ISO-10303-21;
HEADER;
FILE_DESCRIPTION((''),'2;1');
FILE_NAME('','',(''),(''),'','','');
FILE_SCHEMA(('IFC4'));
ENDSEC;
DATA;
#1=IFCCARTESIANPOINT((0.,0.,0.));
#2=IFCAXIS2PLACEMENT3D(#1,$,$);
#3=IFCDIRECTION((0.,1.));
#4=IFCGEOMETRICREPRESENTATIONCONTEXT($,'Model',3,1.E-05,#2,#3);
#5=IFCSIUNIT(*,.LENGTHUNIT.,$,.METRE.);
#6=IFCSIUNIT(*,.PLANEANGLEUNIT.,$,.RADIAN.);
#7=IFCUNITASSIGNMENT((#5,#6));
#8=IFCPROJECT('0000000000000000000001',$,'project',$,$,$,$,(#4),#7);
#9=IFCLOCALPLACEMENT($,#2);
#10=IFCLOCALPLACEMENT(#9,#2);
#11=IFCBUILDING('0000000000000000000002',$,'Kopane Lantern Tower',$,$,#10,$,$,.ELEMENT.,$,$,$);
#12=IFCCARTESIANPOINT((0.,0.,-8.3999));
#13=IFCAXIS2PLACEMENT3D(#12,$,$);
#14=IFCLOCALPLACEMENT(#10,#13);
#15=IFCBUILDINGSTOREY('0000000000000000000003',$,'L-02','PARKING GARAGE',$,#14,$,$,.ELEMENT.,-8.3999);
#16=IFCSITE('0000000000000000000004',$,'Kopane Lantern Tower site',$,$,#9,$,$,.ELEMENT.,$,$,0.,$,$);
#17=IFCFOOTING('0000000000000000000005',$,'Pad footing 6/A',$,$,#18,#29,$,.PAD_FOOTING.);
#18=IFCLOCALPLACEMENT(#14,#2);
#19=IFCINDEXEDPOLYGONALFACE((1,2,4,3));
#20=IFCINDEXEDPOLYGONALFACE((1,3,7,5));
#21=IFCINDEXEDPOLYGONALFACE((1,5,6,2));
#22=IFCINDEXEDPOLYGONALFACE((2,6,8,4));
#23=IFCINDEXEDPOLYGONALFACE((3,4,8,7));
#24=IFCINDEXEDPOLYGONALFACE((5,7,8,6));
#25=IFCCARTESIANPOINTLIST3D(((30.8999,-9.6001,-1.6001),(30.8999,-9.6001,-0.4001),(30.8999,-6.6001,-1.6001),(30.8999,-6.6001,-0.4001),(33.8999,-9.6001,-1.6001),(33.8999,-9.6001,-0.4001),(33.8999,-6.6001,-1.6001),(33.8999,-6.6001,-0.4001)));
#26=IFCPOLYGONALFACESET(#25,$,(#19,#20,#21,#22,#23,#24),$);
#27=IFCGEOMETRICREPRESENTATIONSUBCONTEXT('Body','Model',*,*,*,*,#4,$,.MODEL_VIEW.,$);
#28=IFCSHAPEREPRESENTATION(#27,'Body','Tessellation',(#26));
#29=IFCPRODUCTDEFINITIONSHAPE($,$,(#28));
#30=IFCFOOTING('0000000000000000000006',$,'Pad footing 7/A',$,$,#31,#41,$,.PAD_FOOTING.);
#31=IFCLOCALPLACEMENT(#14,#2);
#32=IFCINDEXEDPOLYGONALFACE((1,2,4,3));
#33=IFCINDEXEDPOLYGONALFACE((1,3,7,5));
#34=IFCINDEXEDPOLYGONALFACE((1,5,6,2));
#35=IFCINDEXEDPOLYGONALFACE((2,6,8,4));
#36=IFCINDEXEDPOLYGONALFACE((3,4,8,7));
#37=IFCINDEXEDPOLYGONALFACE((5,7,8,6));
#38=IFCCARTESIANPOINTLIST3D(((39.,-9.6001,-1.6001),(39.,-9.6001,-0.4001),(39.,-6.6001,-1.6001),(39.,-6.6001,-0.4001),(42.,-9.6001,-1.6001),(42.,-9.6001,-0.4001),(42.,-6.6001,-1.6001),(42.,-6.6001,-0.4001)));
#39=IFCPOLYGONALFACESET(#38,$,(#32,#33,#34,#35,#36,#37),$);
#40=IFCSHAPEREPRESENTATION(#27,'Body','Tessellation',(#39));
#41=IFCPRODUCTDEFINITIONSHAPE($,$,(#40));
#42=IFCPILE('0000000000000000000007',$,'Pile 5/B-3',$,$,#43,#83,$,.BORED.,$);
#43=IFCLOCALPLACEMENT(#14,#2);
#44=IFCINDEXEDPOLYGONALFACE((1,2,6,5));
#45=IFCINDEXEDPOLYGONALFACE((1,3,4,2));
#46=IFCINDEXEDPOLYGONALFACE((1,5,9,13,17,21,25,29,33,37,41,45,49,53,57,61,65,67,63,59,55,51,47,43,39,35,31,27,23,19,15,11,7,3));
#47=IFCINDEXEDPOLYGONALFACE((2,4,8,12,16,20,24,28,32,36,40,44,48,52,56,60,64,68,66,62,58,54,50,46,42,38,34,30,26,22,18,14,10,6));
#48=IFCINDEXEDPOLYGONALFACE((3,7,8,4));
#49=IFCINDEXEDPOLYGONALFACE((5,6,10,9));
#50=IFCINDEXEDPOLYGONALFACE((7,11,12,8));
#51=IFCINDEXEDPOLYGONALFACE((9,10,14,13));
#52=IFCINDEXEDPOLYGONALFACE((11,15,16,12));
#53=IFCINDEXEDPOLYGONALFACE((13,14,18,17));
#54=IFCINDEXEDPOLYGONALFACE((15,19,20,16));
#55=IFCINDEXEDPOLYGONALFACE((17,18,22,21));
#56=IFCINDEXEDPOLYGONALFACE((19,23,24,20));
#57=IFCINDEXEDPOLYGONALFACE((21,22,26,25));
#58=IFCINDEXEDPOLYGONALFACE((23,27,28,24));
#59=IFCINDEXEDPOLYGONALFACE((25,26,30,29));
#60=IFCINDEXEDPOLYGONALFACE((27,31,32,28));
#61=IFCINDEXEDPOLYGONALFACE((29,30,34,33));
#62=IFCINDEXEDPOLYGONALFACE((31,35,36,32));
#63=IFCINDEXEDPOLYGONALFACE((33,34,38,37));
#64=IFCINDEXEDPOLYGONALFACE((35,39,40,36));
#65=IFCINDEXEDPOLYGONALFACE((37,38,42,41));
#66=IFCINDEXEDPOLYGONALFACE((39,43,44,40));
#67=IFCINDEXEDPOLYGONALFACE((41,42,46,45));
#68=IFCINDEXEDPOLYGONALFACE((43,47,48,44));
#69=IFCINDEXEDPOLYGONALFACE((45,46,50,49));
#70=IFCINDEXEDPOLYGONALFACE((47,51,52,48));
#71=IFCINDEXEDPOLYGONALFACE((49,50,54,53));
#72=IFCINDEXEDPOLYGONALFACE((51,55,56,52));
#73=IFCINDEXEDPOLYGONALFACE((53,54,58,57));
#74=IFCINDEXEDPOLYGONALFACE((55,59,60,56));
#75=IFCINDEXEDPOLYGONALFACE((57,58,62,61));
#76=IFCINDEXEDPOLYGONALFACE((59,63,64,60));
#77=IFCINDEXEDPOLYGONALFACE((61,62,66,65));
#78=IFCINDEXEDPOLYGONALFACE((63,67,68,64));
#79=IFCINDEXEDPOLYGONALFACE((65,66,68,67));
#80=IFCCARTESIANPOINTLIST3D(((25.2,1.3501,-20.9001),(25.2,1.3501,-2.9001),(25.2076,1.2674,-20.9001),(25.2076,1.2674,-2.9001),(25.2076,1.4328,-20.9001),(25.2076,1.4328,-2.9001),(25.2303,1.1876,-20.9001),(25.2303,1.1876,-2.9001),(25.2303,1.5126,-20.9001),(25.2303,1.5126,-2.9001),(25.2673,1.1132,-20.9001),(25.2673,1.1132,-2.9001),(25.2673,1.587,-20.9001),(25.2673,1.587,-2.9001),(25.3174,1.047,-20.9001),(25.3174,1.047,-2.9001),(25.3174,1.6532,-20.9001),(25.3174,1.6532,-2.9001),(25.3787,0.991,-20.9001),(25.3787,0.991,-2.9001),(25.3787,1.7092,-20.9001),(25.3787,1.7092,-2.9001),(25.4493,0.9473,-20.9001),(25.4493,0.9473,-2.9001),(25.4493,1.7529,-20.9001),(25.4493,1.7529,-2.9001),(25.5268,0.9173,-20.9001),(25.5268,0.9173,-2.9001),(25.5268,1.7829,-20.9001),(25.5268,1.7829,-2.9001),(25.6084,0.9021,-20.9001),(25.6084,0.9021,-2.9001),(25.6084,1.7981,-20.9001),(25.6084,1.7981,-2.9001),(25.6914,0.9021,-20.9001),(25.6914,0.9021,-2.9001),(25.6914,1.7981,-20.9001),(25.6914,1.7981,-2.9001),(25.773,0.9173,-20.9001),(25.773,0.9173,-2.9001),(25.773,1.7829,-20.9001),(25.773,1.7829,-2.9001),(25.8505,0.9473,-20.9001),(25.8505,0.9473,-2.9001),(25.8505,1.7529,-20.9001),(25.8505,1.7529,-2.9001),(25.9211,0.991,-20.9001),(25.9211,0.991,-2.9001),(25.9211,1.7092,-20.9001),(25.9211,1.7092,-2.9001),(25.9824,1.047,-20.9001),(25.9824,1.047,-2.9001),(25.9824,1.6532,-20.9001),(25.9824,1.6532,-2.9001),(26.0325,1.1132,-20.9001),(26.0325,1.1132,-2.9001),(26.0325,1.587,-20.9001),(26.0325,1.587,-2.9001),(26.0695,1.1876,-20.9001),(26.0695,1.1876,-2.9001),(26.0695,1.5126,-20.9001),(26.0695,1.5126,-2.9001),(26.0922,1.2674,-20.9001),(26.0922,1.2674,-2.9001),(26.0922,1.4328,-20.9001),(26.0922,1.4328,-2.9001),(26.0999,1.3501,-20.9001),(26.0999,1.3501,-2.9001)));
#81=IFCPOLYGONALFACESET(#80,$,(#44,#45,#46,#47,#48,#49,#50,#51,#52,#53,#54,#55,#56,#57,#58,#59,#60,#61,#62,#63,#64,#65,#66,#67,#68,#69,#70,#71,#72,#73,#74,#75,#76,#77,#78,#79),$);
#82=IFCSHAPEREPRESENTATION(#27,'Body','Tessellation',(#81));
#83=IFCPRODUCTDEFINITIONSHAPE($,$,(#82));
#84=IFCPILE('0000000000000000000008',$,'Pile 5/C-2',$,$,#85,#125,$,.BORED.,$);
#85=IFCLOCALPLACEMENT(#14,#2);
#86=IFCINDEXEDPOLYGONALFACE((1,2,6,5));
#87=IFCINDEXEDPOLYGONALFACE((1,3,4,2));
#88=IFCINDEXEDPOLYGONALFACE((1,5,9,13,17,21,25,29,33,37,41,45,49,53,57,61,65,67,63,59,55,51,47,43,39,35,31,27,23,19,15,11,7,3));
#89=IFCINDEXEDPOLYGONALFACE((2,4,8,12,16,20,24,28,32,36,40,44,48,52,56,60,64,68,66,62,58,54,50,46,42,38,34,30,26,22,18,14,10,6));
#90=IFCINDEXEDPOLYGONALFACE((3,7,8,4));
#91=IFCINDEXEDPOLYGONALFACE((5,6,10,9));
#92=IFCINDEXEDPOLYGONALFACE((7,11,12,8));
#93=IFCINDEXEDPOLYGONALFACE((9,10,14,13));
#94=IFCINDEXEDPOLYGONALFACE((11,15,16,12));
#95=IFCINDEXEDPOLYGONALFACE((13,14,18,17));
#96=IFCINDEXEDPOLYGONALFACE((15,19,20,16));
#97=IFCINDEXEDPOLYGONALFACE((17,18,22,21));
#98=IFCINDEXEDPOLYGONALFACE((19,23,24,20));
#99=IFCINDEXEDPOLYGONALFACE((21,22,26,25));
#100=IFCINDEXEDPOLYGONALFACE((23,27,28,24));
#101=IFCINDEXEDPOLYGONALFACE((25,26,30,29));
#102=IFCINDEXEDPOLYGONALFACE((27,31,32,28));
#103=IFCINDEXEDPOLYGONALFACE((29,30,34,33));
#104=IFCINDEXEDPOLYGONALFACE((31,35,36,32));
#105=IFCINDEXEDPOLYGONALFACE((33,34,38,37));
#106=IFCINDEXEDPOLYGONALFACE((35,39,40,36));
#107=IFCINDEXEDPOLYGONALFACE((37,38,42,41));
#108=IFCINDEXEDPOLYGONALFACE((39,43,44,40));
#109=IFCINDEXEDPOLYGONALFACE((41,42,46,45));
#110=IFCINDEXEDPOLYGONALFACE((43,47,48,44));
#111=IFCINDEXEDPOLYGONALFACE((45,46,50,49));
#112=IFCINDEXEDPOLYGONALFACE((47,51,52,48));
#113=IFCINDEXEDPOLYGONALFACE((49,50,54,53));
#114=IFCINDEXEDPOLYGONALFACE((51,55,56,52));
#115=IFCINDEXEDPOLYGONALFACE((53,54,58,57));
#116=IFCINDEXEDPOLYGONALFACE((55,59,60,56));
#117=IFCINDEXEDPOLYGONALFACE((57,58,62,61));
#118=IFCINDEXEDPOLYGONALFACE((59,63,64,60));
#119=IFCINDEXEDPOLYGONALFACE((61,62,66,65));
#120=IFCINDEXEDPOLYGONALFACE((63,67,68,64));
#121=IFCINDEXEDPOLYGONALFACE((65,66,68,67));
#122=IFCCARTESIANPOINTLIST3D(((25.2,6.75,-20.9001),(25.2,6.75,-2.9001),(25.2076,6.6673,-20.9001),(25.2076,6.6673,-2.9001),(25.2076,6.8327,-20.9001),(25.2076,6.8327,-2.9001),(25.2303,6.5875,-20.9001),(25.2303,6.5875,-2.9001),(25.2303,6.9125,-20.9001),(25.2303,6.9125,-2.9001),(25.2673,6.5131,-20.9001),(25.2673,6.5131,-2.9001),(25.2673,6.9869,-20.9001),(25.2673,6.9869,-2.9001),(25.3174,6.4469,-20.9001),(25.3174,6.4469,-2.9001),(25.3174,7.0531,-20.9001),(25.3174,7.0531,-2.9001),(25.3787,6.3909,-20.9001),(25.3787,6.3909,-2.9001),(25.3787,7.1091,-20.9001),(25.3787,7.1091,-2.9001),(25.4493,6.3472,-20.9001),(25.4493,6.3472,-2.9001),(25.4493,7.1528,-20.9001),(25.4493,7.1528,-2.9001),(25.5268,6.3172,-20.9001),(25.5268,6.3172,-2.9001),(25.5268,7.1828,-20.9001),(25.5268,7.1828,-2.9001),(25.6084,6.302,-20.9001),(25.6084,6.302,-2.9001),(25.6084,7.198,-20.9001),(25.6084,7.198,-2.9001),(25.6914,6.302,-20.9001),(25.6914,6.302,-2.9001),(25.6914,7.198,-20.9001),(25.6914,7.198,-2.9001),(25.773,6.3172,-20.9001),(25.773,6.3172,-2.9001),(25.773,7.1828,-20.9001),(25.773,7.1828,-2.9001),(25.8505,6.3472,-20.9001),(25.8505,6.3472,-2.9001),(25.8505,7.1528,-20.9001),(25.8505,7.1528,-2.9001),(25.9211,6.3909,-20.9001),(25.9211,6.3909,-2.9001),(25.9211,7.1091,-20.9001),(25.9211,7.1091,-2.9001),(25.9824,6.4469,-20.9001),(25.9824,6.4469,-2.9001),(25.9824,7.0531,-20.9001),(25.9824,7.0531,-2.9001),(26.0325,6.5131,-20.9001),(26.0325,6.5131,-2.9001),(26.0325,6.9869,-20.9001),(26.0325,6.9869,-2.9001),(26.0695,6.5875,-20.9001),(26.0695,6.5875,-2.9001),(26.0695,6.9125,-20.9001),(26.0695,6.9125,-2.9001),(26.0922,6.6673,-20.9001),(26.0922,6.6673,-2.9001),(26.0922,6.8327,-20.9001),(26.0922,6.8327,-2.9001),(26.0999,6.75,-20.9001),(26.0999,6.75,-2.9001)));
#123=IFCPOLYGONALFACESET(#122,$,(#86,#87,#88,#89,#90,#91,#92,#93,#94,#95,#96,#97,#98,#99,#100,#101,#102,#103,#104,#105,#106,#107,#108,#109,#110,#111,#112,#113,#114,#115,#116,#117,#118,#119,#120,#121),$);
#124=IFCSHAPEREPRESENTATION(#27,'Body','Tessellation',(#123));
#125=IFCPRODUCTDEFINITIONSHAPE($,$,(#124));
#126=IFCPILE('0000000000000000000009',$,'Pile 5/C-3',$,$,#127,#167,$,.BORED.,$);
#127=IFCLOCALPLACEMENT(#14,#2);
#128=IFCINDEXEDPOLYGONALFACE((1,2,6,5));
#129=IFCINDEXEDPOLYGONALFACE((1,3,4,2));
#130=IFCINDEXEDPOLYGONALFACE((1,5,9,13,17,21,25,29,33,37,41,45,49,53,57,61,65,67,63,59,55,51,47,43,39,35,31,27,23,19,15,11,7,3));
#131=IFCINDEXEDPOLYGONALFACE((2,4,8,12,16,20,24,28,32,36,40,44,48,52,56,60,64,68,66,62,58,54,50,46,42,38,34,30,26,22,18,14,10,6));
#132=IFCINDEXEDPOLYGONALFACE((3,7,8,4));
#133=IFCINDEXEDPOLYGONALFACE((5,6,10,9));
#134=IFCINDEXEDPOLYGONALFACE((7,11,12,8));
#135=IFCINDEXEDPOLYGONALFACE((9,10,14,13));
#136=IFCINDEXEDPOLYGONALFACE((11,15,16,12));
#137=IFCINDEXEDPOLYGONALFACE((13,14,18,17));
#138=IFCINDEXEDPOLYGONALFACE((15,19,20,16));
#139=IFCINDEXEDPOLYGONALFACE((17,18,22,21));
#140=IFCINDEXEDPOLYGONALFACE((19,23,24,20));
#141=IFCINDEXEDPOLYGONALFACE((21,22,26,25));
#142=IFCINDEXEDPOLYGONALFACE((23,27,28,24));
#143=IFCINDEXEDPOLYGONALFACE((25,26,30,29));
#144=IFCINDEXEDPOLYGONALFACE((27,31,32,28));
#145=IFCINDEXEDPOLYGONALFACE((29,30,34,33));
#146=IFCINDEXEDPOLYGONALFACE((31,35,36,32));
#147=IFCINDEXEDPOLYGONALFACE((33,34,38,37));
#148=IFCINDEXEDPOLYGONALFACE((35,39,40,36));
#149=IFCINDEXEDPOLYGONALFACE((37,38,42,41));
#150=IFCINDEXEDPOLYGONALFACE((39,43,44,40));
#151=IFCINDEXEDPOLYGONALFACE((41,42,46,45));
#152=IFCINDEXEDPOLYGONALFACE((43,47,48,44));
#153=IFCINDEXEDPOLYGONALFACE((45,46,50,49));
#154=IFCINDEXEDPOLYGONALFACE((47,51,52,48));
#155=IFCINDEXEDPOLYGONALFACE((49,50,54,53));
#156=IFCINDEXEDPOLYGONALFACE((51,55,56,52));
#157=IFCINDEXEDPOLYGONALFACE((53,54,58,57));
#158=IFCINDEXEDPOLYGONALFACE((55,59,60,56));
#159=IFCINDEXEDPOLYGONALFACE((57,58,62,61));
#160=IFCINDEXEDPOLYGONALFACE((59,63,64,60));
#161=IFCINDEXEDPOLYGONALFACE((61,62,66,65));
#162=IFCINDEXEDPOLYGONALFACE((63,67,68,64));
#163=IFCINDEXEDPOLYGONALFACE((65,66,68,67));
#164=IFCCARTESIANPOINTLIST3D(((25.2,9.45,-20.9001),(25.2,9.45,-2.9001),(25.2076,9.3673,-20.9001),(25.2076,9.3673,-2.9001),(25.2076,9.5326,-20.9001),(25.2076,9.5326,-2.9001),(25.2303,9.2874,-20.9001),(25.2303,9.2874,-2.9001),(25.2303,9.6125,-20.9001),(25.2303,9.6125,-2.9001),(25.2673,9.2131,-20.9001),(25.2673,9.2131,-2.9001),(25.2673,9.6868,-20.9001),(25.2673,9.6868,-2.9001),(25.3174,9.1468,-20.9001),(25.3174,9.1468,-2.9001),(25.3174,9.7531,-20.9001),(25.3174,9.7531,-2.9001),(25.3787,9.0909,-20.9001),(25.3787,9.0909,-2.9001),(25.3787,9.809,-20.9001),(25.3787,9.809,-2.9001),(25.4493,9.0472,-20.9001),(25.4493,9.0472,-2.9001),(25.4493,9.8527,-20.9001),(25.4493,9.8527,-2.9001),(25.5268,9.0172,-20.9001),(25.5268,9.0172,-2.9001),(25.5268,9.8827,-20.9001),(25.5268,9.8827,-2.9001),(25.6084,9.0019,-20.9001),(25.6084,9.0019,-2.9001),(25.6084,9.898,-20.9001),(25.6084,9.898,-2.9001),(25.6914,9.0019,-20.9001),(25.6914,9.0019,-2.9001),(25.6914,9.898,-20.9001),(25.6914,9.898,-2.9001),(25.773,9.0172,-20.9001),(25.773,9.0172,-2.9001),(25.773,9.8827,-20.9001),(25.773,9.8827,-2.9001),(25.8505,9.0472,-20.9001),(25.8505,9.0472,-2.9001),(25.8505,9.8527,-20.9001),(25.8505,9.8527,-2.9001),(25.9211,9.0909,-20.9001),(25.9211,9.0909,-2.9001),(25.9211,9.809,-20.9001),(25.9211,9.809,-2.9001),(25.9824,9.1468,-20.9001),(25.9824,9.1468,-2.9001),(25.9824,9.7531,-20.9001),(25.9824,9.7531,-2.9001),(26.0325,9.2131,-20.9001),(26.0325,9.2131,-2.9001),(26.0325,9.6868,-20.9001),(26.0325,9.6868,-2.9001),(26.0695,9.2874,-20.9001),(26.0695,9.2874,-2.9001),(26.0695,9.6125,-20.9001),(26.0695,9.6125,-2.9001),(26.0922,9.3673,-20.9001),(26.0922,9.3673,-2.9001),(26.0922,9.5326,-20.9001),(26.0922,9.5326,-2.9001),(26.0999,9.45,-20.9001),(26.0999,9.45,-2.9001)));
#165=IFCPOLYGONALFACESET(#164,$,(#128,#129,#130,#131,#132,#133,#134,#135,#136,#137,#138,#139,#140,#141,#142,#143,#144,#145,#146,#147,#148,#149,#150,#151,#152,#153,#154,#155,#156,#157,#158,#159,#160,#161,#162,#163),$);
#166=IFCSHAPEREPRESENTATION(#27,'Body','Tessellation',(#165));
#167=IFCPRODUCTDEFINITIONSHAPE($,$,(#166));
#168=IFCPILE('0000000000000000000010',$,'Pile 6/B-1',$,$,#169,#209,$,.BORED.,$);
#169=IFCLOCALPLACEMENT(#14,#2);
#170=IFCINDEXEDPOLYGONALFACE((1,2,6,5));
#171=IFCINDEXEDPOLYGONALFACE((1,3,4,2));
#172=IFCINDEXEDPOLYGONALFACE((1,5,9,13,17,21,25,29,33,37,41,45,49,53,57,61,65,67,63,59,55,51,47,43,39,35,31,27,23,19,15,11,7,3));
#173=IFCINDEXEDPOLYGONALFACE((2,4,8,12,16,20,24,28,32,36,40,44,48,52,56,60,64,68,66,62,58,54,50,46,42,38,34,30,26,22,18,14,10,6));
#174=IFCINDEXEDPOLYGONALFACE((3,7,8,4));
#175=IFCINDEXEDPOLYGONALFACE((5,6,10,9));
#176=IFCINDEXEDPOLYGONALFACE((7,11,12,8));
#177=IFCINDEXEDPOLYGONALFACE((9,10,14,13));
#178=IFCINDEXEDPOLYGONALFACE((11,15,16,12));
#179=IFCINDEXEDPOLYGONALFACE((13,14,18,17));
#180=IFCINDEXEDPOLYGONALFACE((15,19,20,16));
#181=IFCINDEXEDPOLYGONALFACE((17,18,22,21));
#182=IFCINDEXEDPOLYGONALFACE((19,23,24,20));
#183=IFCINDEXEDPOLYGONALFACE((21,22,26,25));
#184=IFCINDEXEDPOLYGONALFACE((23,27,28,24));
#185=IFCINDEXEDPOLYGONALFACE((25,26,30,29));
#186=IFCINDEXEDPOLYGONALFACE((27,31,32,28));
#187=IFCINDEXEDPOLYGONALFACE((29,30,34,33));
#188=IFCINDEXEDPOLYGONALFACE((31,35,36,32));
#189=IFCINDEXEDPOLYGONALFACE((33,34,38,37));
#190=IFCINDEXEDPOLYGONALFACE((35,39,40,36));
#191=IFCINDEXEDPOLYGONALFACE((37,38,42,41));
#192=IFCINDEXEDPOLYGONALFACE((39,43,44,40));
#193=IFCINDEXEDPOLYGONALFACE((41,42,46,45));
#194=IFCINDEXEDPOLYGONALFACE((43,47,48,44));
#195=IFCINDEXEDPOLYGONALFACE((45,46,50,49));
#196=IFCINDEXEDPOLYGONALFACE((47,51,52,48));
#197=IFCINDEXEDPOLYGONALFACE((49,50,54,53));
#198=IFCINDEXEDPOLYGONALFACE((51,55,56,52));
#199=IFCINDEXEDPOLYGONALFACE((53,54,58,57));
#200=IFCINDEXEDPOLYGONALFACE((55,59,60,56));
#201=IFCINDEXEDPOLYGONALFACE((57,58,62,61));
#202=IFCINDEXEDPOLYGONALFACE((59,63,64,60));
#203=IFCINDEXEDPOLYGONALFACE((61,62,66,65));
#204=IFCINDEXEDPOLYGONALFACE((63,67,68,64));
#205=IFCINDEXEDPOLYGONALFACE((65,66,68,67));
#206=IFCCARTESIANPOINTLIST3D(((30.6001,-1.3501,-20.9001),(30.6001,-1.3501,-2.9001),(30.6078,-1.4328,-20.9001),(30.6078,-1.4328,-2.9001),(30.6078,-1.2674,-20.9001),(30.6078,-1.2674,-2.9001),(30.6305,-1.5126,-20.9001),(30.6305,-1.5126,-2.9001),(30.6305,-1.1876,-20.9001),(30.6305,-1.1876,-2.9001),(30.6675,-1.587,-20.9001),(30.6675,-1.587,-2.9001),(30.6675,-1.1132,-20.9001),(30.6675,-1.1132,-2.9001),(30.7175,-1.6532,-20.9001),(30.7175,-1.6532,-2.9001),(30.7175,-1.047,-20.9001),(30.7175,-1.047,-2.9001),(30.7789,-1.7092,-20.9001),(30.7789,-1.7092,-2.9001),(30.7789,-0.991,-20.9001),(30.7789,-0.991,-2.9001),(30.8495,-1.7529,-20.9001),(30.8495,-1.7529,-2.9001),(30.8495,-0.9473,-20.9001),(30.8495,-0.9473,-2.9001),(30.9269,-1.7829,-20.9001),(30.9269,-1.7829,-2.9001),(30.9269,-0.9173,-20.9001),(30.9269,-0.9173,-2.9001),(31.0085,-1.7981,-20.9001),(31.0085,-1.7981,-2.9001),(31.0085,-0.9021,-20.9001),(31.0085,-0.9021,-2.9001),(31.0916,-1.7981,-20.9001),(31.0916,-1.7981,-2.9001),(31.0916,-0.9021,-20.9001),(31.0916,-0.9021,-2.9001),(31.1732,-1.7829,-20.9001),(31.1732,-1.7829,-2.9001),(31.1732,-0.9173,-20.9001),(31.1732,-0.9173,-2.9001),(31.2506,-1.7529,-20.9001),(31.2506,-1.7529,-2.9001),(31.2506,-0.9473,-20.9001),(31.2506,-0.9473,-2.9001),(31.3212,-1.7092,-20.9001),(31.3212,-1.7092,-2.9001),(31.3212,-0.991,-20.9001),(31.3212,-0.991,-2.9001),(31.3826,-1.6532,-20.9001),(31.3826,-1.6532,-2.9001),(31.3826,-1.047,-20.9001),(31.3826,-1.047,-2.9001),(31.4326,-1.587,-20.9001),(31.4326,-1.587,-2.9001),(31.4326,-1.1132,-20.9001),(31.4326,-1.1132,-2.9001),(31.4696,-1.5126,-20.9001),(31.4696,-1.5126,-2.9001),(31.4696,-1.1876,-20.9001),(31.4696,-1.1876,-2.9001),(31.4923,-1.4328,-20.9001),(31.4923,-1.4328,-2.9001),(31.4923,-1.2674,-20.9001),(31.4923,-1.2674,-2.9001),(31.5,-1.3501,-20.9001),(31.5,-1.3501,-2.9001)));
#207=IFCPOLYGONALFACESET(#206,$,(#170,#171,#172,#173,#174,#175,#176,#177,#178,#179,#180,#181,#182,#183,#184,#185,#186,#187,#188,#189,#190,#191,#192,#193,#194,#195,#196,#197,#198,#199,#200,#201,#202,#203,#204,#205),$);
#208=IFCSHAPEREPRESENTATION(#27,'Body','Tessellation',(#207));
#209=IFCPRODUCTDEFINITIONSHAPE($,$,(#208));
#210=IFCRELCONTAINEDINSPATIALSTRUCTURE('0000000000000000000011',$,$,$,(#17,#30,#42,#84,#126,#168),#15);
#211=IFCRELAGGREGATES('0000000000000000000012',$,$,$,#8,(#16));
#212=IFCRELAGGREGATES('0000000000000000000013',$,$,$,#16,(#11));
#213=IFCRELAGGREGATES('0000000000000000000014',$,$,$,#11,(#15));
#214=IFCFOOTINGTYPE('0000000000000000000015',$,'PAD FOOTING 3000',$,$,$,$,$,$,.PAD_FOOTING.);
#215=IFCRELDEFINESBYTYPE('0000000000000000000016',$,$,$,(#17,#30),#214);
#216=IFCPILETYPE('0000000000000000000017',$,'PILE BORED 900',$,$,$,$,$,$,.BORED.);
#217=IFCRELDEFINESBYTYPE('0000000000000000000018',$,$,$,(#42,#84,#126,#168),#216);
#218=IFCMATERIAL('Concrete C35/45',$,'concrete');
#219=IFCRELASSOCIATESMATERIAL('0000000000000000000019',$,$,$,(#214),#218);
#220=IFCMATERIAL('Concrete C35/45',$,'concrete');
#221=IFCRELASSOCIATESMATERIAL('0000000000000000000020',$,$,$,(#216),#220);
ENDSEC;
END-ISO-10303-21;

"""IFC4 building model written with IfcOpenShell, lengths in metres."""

from ifc_helpers import new_model, si_unit, direction, frame, origin, origin_2d, place, context, subcontext, project, spatial, rectangle, circle, extrude, material, material_profile, profile_set, type_object, element, save


model = new_model("IFC4")

# Units and contexts
model_context = context("Model", 3, precision=1e-05, world=origin(), true_north=direction((0.0, 1.0)))
body_context = subcontext(model_context, "Body", "Model", "MODEL_VIEW")
ifc_project = project(units=[si_unit("LENGTHUNIT", "METRE"), si_unit("PLANEANGLEUNIT", "RADIAN")], contexts=[model_context])

# Site, building, storey
site_placement = place(None, origin())
site = spatial("IfcSite", under=ifc_project, at=site_placement, Name="Kopane Lantern Tower site", CompositionType="ELEMENT", RefElevation=0.0)
building_placement = place(site_placement, origin())
building = spatial("IfcBuilding", under=site, at=building_placement, Name="Kopane Lantern Tower", CompositionType="ELEMENT")
storey_placement = place(building_placement, frame((0.0, 0.0, -8.3999)))
storey = spatial("IfcBuildingStorey", under=building, at=storey_placement, Name="L-02", Description="PARKING GARAGE", CompositionType="ELEMENT", Elevation=-8.3999)

# Footings
ifc_material_1 = material(Name="Concrete C35/45", Category="concrete")
footing_type_1 = type_object("IfcFootingType", Name="PAD FOOTING 3000", PredefinedType="PAD_FOOTING", material=ifc_material_1)
for number, where, z_axis, x_axis, name in (
    (1, (32.3999, -8.1001, -1.6001), (0.0, 0.0, 1.0), (1.0, 0.0, 0.0), "Pad footing 6/A"),
    (2, (40.5, -8.1001, -1.6001), (0.0, 0.0, 1.0), (1.0, 0.0, 0.0), "Pad footing 7/A"),
):
    element("IfcFooting", number, at=place(storey_placement, frame(where, z_axis=z_axis, x_axis=x_axis)), inside=storey, type_object=footing_type_1, Name=name, PredefinedType="PAD_FOOTING", context=body_context, shape_type="SweptSolid", body=[
        extrude(rectangle(XDim=3.0, YDim=3.0, at=origin_2d()), origin(), (0.0, 0.0, 1.0), 1.2),
    ])

# Piles
ifc_material_2 = material(Name="Concrete C35/45", Category="concrete")
ifc_material_profile_1 = material_profile(ifc_material_2, circle(Radius=0.45, at=origin_2d()), Name="D900")
ifc_profile_set_1 = profile_set([ifc_material_profile_1], Name="Concrete C35/45")
pile_type = type_object("IfcPileType", Name="PILE BORED 900", PredefinedType="BORED", material=ifc_profile_set_1)
for number, where, z_axis, x_axis, name in (
    (3, (25.6499, 1.3501, -2.9001), (0.0, 0.0, -1.0), (1.0, 0.0, 0.0), "Pile 5/B-3"),
    (4, (25.6499, 6.75, -2.9001), (0.0, 0.0, -1.0), (1.0, 0.0, 0.0), "Pile 5/C-2"),
    (5, (25.6499, 9.45, -2.9001), (0.0, 0.0, -1.0), (1.0, 0.0, 0.0), "Pile 5/C-3"),
    (6, (31.05, -1.3501, -2.9001), (0.0, 0.0, -1.0), (1.0, 0.0, 0.0), "Pile 6/B-1"),
):
    element("IfcPile", number, at=place(storey_placement, frame(where, z_axis=z_axis, x_axis=x_axis)), inside=storey, type_object=pile_type, Name=name, PredefinedType="BORED", context=body_context, shape_type="SweptSolid", body=[
        extrude(circle(Radius=0.45, at=origin_2d()), origin(), (0.0, 0.0, 1.0), 18.0),
    ])

save(model, "model.ifc")
